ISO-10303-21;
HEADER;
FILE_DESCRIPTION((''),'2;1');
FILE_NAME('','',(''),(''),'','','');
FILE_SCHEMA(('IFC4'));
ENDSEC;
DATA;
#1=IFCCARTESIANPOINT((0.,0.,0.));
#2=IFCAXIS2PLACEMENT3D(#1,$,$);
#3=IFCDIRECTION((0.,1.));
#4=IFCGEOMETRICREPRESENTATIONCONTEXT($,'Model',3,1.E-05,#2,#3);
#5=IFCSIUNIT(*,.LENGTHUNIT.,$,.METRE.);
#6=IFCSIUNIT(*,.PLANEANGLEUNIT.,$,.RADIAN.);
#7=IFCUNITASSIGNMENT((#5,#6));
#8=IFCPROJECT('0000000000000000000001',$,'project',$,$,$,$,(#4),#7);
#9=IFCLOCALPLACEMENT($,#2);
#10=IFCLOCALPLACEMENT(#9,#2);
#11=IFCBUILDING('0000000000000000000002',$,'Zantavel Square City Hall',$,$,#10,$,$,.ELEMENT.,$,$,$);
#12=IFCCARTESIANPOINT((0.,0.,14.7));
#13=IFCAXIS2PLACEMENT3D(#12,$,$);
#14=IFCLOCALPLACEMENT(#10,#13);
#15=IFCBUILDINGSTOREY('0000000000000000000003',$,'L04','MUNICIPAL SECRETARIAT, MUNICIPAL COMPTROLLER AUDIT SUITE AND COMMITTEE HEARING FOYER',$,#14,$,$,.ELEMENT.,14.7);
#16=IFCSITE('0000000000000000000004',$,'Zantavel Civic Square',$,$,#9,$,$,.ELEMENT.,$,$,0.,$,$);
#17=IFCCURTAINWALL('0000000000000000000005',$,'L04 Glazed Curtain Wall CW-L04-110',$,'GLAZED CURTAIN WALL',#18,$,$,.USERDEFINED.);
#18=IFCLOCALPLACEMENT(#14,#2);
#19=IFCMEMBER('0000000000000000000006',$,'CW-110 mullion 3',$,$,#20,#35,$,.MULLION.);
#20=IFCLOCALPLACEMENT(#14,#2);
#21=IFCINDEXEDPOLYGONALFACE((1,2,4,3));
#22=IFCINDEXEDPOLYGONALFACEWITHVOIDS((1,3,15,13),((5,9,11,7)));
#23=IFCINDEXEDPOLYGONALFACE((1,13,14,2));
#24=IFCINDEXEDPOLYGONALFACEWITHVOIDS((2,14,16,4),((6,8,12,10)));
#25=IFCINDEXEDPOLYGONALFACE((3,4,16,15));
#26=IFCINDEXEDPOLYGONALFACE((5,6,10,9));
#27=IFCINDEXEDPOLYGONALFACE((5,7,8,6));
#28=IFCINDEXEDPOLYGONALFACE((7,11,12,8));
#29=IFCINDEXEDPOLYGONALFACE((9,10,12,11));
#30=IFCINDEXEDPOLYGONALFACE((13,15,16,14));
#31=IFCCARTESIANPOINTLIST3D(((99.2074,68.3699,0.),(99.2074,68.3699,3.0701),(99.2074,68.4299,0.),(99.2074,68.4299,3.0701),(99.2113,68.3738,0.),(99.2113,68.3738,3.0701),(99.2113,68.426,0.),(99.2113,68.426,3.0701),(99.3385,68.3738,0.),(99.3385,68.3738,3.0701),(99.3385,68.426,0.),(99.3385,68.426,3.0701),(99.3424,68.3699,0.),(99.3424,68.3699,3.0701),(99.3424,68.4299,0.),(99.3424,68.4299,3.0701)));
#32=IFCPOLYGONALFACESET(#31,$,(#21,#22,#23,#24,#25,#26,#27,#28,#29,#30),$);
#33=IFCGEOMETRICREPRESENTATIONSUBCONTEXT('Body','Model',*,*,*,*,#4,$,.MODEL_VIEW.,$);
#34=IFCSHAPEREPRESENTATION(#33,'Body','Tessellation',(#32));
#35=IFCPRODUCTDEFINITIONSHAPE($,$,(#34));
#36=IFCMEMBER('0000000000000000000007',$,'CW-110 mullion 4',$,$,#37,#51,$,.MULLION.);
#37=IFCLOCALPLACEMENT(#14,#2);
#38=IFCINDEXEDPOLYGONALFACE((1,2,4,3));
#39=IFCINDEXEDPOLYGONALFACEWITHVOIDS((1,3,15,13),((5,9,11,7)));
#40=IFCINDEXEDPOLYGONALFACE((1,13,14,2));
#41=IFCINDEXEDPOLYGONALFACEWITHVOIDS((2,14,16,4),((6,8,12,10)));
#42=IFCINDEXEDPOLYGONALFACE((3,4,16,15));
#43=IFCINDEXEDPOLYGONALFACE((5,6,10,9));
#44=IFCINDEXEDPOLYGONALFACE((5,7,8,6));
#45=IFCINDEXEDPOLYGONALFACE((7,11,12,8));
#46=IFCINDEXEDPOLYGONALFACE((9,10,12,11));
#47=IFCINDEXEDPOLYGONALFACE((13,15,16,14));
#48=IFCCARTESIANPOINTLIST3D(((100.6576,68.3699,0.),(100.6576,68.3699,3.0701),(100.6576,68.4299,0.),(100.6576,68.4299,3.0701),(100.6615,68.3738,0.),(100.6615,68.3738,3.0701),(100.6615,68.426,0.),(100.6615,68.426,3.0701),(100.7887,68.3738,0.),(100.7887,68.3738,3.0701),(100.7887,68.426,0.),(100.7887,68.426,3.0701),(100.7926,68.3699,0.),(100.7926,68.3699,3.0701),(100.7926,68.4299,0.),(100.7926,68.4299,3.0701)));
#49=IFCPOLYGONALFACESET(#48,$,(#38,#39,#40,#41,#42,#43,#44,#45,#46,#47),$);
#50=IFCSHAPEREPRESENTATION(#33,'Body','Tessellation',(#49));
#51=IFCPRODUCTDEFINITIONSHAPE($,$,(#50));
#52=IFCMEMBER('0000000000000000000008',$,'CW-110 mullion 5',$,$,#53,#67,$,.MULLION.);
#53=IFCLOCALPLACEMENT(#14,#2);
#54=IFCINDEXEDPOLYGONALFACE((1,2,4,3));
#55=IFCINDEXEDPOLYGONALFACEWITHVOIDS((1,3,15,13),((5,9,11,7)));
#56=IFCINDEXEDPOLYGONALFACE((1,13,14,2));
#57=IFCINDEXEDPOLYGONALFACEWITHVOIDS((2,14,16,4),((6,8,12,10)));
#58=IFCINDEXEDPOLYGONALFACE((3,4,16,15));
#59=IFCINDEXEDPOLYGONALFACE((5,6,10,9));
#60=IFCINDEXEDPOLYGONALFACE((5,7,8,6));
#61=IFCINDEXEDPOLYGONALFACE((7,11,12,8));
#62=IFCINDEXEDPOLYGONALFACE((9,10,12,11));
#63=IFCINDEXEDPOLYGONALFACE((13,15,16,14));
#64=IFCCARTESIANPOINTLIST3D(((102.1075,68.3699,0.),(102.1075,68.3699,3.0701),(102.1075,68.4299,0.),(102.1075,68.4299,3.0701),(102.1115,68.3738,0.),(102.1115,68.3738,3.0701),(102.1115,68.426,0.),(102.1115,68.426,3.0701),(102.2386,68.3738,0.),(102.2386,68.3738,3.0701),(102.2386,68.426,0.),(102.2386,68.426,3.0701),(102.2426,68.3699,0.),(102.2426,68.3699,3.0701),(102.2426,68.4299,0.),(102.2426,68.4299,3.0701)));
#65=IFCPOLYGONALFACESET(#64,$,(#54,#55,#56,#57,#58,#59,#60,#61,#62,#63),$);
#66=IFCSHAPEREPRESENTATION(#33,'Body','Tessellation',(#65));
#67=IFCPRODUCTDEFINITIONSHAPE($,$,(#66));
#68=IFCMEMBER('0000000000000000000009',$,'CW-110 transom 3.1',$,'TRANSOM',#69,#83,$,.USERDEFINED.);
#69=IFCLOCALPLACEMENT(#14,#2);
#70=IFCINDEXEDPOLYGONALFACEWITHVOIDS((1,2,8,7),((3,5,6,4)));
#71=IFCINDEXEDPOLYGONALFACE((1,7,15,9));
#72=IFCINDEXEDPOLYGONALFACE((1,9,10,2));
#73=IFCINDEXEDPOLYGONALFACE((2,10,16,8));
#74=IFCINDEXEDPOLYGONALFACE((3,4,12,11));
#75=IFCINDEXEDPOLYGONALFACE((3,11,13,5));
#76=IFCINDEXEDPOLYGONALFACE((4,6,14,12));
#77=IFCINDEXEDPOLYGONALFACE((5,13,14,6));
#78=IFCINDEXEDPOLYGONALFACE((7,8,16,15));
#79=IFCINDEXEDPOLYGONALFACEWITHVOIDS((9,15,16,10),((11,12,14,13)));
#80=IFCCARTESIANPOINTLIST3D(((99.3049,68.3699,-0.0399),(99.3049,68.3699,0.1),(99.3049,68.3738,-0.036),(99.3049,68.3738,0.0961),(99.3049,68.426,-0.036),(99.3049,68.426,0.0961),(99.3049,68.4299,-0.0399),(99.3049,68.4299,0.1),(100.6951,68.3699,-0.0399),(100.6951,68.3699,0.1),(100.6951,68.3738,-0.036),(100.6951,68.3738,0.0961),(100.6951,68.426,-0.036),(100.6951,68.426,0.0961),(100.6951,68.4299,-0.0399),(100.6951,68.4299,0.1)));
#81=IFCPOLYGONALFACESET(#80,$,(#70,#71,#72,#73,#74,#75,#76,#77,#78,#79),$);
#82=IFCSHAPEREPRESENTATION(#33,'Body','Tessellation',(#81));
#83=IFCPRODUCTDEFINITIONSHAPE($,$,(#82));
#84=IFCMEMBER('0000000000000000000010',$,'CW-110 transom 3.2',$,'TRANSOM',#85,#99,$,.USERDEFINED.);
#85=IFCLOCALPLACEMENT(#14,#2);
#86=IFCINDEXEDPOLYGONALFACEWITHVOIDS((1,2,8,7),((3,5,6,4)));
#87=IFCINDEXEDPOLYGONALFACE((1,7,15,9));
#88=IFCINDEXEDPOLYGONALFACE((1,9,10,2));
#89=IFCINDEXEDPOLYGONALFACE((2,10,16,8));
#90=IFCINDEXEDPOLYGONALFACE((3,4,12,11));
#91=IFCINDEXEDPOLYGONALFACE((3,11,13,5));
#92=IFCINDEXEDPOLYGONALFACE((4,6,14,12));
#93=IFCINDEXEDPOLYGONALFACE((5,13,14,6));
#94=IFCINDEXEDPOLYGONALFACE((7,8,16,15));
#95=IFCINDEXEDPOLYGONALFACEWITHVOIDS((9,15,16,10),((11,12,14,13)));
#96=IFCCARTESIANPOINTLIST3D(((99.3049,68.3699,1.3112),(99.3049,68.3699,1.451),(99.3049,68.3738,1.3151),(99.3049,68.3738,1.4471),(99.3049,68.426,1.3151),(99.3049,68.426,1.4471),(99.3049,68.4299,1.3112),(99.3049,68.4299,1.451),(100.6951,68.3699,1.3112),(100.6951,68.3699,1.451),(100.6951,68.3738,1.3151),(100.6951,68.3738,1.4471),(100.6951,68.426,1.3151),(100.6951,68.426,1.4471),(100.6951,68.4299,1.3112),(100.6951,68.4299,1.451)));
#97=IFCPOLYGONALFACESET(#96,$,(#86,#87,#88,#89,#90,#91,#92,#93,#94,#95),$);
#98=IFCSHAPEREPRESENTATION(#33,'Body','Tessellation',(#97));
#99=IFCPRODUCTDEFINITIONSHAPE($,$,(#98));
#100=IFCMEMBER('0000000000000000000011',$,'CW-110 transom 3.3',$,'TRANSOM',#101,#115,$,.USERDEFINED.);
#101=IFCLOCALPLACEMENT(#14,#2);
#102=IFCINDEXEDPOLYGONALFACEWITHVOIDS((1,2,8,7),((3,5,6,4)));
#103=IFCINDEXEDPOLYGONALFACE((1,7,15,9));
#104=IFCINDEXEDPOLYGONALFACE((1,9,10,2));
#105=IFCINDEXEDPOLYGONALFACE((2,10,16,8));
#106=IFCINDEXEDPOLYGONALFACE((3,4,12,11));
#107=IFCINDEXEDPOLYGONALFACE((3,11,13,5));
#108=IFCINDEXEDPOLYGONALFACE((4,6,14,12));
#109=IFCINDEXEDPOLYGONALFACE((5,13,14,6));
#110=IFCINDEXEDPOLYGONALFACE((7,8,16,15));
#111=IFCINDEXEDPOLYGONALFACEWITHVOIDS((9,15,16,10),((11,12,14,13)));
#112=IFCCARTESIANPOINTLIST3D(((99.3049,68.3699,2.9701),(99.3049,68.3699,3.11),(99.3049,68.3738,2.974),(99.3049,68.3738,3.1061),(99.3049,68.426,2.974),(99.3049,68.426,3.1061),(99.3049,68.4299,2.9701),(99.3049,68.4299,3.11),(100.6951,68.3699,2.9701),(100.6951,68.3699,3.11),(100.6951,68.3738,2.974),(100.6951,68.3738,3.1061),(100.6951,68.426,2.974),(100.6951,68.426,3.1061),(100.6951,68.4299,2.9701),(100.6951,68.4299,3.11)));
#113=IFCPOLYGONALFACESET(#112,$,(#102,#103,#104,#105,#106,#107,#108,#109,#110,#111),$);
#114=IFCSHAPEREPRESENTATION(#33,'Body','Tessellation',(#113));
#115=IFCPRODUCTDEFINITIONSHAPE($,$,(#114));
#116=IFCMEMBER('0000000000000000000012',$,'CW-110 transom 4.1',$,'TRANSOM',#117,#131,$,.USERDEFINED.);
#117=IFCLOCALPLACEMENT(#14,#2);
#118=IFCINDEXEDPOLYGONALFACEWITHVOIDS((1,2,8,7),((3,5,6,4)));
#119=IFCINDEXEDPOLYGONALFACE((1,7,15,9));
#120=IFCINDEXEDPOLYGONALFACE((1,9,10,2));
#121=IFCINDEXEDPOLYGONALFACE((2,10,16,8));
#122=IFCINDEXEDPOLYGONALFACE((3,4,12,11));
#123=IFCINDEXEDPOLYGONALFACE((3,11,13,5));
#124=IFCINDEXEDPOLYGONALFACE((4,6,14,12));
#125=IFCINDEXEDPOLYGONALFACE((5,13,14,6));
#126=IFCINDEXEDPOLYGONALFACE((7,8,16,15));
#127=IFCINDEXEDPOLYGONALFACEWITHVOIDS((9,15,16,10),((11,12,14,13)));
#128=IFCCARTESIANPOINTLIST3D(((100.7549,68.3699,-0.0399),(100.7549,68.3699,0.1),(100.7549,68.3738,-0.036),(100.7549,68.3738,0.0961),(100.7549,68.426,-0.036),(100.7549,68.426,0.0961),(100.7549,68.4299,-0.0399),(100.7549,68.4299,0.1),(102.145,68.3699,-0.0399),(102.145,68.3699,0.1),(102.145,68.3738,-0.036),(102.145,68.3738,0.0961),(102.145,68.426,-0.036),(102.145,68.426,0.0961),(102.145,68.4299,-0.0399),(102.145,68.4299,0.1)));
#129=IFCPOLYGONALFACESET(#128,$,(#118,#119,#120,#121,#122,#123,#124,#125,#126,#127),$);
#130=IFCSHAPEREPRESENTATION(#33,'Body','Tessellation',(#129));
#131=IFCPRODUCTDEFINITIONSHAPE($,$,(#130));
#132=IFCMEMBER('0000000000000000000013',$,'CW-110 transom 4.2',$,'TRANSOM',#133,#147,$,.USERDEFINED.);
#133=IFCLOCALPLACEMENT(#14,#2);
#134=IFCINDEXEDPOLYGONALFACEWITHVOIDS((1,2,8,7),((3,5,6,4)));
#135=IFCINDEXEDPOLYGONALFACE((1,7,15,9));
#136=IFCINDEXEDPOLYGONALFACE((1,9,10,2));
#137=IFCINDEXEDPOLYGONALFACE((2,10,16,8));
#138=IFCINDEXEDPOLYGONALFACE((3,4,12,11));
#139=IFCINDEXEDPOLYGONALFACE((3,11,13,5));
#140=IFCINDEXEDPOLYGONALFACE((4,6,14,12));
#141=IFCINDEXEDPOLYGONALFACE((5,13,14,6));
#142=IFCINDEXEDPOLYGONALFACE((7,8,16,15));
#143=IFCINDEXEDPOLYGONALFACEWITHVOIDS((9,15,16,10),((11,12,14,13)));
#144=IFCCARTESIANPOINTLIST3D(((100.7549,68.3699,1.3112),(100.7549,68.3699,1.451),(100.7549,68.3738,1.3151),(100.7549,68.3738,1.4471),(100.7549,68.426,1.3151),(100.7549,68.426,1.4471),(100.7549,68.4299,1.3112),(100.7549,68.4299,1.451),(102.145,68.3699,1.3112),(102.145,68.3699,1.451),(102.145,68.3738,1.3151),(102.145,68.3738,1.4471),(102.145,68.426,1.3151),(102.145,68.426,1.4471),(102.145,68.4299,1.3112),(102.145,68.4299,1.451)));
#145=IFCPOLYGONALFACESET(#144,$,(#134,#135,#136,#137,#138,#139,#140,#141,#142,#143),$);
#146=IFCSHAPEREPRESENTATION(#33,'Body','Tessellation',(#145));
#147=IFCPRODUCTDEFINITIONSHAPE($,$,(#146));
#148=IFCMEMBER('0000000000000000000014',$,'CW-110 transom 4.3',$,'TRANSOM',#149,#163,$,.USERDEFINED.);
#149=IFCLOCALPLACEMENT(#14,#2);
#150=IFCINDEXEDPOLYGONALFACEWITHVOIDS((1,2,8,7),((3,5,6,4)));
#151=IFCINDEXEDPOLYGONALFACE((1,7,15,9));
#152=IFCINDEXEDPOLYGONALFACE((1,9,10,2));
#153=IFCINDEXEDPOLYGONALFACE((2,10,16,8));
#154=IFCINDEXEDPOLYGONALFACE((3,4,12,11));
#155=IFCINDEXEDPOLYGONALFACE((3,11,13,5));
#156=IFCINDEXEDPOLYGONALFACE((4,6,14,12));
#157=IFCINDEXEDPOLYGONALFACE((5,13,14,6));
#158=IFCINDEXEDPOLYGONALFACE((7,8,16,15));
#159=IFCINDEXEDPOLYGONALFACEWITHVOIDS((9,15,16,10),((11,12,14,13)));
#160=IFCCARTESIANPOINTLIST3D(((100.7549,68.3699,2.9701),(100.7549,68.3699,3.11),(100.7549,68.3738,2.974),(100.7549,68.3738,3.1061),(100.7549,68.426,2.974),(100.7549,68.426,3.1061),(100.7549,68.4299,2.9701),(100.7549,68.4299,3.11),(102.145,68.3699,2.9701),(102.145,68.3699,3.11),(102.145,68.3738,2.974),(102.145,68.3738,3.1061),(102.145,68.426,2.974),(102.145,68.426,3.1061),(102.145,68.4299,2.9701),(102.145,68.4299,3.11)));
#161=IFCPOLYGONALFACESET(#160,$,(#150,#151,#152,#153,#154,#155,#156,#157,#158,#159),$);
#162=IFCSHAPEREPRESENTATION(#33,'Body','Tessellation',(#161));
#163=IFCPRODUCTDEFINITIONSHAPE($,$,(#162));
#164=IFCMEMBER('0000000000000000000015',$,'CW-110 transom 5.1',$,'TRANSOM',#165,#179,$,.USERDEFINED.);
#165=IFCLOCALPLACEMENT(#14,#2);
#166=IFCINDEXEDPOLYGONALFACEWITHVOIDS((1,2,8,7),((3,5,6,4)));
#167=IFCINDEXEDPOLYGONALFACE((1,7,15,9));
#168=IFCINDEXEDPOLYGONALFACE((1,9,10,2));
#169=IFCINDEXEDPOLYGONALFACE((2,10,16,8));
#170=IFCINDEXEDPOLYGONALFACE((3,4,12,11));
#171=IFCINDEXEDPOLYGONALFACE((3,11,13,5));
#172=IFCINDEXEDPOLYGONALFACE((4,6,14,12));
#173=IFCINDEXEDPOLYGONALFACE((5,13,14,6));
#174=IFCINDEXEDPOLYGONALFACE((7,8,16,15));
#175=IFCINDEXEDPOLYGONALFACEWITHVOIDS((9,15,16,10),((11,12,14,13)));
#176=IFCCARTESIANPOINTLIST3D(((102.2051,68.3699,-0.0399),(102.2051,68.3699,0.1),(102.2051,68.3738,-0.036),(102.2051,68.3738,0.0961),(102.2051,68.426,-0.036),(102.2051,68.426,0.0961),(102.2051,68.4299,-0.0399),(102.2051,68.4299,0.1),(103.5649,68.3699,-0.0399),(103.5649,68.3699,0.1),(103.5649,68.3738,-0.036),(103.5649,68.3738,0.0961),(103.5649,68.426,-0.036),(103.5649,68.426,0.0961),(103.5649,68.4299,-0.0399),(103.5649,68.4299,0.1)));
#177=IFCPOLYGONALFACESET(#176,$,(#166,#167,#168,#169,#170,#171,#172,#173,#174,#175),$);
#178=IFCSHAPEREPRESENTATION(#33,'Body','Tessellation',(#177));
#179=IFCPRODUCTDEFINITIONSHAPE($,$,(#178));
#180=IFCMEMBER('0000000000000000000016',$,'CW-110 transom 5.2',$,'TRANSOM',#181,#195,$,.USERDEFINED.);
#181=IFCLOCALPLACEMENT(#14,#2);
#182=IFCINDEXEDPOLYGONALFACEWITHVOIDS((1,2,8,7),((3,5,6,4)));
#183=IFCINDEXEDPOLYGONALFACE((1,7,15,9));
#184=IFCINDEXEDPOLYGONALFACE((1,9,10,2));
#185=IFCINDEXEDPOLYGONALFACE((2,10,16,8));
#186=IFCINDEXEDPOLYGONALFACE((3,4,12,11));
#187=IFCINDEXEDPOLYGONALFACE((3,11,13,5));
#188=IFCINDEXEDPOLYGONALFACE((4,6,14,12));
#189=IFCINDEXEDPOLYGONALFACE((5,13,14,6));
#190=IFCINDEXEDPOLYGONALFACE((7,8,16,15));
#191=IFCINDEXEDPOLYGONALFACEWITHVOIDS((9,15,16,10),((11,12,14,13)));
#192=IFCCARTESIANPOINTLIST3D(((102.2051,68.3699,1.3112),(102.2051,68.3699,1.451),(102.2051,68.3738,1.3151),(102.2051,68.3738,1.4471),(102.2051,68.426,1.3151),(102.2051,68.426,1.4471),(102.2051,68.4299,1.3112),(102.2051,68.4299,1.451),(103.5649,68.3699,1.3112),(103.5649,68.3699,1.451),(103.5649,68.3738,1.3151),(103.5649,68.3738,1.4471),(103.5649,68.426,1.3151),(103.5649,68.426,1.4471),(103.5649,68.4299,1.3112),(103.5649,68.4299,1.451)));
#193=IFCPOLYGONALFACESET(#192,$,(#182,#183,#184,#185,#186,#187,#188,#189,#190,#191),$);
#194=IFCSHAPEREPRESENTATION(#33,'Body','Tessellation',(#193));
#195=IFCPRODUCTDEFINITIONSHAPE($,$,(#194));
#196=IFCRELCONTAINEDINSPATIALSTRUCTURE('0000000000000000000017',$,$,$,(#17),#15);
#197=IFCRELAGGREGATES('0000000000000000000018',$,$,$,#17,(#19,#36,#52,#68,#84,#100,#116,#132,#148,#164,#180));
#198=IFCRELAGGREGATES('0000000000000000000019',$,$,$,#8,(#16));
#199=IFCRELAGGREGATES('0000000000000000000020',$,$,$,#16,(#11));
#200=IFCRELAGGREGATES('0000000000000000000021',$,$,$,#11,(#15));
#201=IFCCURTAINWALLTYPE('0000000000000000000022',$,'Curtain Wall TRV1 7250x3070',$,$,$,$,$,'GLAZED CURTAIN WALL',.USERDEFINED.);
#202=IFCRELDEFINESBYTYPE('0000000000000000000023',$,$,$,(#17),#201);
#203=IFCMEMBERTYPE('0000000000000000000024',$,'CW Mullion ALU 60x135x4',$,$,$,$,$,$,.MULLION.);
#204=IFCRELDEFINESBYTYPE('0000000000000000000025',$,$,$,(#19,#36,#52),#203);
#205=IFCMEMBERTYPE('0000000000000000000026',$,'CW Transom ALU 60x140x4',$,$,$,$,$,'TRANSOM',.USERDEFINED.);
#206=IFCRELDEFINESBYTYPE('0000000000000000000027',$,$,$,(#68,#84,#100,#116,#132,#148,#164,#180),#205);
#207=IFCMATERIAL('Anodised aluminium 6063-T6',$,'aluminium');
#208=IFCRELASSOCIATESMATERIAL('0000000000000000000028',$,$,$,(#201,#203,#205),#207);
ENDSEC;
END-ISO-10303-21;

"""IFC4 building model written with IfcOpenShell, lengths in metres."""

from ifc_helpers import new_model, si_unit, direction, frame, origin, origin_2d, place, context, subcontext, project, spatial, hollow_rectangle, extrude, material, material_profile, profile_set, type_object, element, aggregate, save


model = new_model("IFC4")

# Units and contexts
model_context = context("Model", 3, precision=1e-05, world=origin(), true_north=direction((0.0, 1.0)))
body_context = subcontext(model_context, "Body", "Model", "MODEL_VIEW")
ifc_project = project(units=[si_unit("LENGTHUNIT", "METRE"), si_unit("PLANEANGLEUNIT", "RADIAN")], contexts=[model_context])

# Site, building, storey
site_placement = place(None, origin())
site = spatial("IfcSite", under=ifc_project, at=site_placement, Name="Zantavel Civic Square", CompositionType="ELEMENT", RefElevation=0.0)
building_placement = place(site_placement, origin())
building = spatial("IfcBuilding", under=site, at=building_placement, Name="Zantavel Square City Hall", CompositionType="ELEMENT")
storey_placement = place(building_placement, frame((0.0, 0.0, 14.7)))
storey = spatial("IfcBuildingStorey", under=building, at=storey_placement, Name="L04", Description="MUNICIPAL SECRETARIAT, MUNICIPAL COMPTROLLER AUDIT SUITE AND COMMITTEE HEARING FOYER", CompositionType="ELEMENT", Elevation=14.7)

# Curtain wall, members
ifc_material_1 = material(Name="Anodised aluminium 6063-T6", Category="aluminium")
curtain_wall_type = type_object("IfcCurtainWallType", Name="Curtain Wall TRV1 7250x3070", ElementType="GLAZED CURTAIN WALL", PredefinedType="USERDEFINED", material=ifc_material_1)
curtain_wall_placement = place(storey_placement, origin())
curtain_wall = element("IfcCurtainWall", 1, at=curtain_wall_placement, inside=storey, type_object=curtain_wall_type, Name="L04 Glazed Curtain Wall CW-L04-110", ObjectType="GLAZED CURTAIN WALL", PredefinedType="USERDEFINED")
ifc_material_profile_1 = material_profile(ifc_material_1, hollow_rectangle(XDim=0.0601, YDim=0.135, WallThickness=0.0039, at=origin_2d()), Name="ALU 60x135x4")
ifc_profile_set_1 = profile_set([ifc_material_profile_1], Name="Anodised aluminium 6063-T6")
member_type_1 = type_object("IfcMemberType", Name="CW Mullion ALU 60x135x4", PredefinedType="MULLION", material=ifc_profile_set_1)
member_1_placement = place(storey_placement, frame((99.2749, 68.3999, 0.0), z_axis=(0.0, 0.0, 1.0), x_axis=(0.0, 1.0, 0.0)))
member_1 = element("IfcMember", 2, at=member_1_placement, type_object=member_type_1, Name="CW-110 mullion 3", PredefinedType="MULLION", context=body_context, shape_type="SweptSolid", body=[
    extrude(hollow_rectangle(XDim=0.0601, YDim=0.135, WallThickness=0.0039, at=origin_2d()), origin(), (0.0, 0.0, 1.0), 3.0701),
])
member_2_placement = place(storey_placement, frame((100.7251, 68.3999, 0.0), z_axis=(0.0, 0.0, 1.0), x_axis=(0.0, 1.0, 0.0)))
member_2 = element("IfcMember", 3, at=member_2_placement, type_object=member_type_1, Name="CW-110 mullion 4", PredefinedType="MULLION", context=body_context, shape_type="SweptSolid", body=[
    extrude(hollow_rectangle(XDim=0.0601, YDim=0.135, WallThickness=0.0039, at=origin_2d()), origin(), (0.0, 0.0, 1.0), 3.0701),
])
member_3_placement = place(storey_placement, frame((102.175, 68.3999, 0.0), z_axis=(0.0, 0.0, 1.0), x_axis=(0.0, 1.0, 0.0)))
member_3 = element("IfcMember", 4, at=member_3_placement, type_object=member_type_1, Name="CW-110 mullion 5", PredefinedType="MULLION", context=body_context, shape_type="SweptSolid", body=[
    extrude(hollow_rectangle(XDim=0.0601, YDim=0.135, WallThickness=0.0039, at=origin_2d()), origin(), (0.0, 0.0, 1.0), 3.0701),
])
ifc_material_profile_2 = material_profile(ifc_material_1, hollow_rectangle(XDim=0.0601, YDim=0.1399, WallThickness=0.0039, at=origin_2d()), Name="ALU 60x140x4")
ifc_profile_set_2 = profile_set([ifc_material_profile_2], Name="Anodised aluminium 6063-T6")
member_type_2 = type_object("IfcMemberType", Name="CW Transom ALU 60x140x4", ElementType="TRANSOM", PredefinedType="USERDEFINED", material=ifc_profile_set_2)
member_4_placement = place(storey_placement, frame((99.3049, 68.3999, 0.03), z_axis=(1.0, 0.0, 0.0), x_axis=(0.0, 1.0, 0.0)))
member_4 = element("IfcMember", 5, at=member_4_placement, type_object=member_type_2, Name="CW-110 transom 3.1", ObjectType="TRANSOM", PredefinedType="USERDEFINED", context=body_context, shape_type="SweptSolid", body=[
    extrude(hollow_rectangle(XDim=0.0601, YDim=0.1399, WallThickness=0.0039, at=origin_2d()), origin(), (0.0, 0.0, 1.0), 1.3901),
])
member_5_placement = place(storey_placement, frame((99.3049, 68.3999, 1.3811), z_axis=(1.0, 0.0, 0.0), x_axis=(0.0, 1.0, 0.0)))
member_5 = element("IfcMember", 6, at=member_5_placement, type_object=member_type_2, Name="CW-110 transom 3.2", ObjectType="TRANSOM", PredefinedType="USERDEFINED", context=body_context, shape_type="SweptSolid", body=[
    extrude(hollow_rectangle(XDim=0.0601, YDim=0.1399, WallThickness=0.0039, at=origin_2d()), origin(), (0.0, 0.0, 1.0), 1.3901),
])
member_6_placement = place(storey_placement, frame((99.3049, 68.3999, 3.04), z_axis=(1.0, 0.0, 0.0), x_axis=(0.0, 1.0, 0.0)))
member_6 = element("IfcMember", 7, at=member_6_placement, type_object=member_type_2, Name="CW-110 transom 3.3", ObjectType="TRANSOM", PredefinedType="USERDEFINED", context=body_context, shape_type="SweptSolid", body=[
    extrude(hollow_rectangle(XDim=0.0601, YDim=0.1399, WallThickness=0.0039, at=origin_2d()), origin(), (0.0, 0.0, 1.0), 1.3901),
])
member_7_placement = place(storey_placement, frame((100.7549, 68.3999, 0.03), z_axis=(1.0, 0.0, 0.0), x_axis=(0.0, 1.0, 0.0)))
member_7 = element("IfcMember", 8, at=member_7_placement, type_object=member_type_2, Name="CW-110 transom 4.1", ObjectType="TRANSOM", PredefinedType="USERDEFINED", context=body_context, shape_type="SweptSolid", body=[
    extrude(hollow_rectangle(XDim=0.0601, YDim=0.1399, WallThickness=0.0039, at=origin_2d()), origin(), (0.0, 0.0, 1.0), 1.3901),
])
member_8_placement = place(storey_placement, frame((100.7549, 68.3999, 1.3811), z_axis=(1.0, 0.0, 0.0), x_axis=(0.0, 1.0, 0.0)))
member_8 = element("IfcMember", 9, at=member_8_placement, type_object=member_type_2, Name="CW-110 transom 4.2", ObjectType="TRANSOM", PredefinedType="USERDEFINED", context=body_context, shape_type="SweptSolid", body=[
    extrude(hollow_rectangle(XDim=0.0601, YDim=0.1399, WallThickness=0.0039, at=origin_2d()), origin(), (0.0, 0.0, 1.0), 1.3901),
])
member_9_placement = place(storey_placement, frame((100.7549, 68.3999, 3.04), z_axis=(1.0, 0.0, 0.0), x_axis=(0.0, 1.0, 0.0)))
member_9 = element("IfcMember", 10, at=member_9_placement, type_object=member_type_2, Name="CW-110 transom 4.3", ObjectType="TRANSOM", PredefinedType="USERDEFINED", context=body_context, shape_type="SweptSolid", body=[
    extrude(hollow_rectangle(XDim=0.0601, YDim=0.1399, WallThickness=0.0039, at=origin_2d()), origin(), (0.0, 0.0, 1.0), 1.3901),
])
member_10_placement = place(storey_placement, frame((102.2051, 68.3999, 0.03), z_axis=(1.0, 0.0, 0.0), x_axis=(0.0, 1.0, 0.0)))
member_10 = element("IfcMember", 11, at=member_10_placement, type_object=member_type_2, Name="CW-110 transom 5.1", ObjectType="TRANSOM", PredefinedType="USERDEFINED", context=body_context, shape_type="SweptSolid", body=[
    extrude(hollow_rectangle(XDim=0.0601, YDim=0.1399, WallThickness=0.0039, at=origin_2d()), origin(), (0.0, 0.0, 1.0), 1.3599),
])
member_11_placement = place(storey_placement, frame((102.2051, 68.3999, 1.3811), z_axis=(1.0, 0.0, 0.0), x_axis=(0.0, 1.0, 0.0)))
member_11 = element("IfcMember", 12, at=member_11_placement, type_object=member_type_2, Name="CW-110 transom 5.2", ObjectType="TRANSOM", PredefinedType="USERDEFINED", context=body_context, shape_type="SweptSolid", body=[
    extrude(hollow_rectangle(XDim=0.0601, YDim=0.1399, WallThickness=0.0039, at=origin_2d()), origin(), (0.0, 0.0, 1.0), 1.3599),
])
aggregate(curtain_wall, [member_1, member_2, member_3, member_4, member_5, member_6, member_7, member_8, member_9, member_10, member_11])

save(model, "model.ifc")
